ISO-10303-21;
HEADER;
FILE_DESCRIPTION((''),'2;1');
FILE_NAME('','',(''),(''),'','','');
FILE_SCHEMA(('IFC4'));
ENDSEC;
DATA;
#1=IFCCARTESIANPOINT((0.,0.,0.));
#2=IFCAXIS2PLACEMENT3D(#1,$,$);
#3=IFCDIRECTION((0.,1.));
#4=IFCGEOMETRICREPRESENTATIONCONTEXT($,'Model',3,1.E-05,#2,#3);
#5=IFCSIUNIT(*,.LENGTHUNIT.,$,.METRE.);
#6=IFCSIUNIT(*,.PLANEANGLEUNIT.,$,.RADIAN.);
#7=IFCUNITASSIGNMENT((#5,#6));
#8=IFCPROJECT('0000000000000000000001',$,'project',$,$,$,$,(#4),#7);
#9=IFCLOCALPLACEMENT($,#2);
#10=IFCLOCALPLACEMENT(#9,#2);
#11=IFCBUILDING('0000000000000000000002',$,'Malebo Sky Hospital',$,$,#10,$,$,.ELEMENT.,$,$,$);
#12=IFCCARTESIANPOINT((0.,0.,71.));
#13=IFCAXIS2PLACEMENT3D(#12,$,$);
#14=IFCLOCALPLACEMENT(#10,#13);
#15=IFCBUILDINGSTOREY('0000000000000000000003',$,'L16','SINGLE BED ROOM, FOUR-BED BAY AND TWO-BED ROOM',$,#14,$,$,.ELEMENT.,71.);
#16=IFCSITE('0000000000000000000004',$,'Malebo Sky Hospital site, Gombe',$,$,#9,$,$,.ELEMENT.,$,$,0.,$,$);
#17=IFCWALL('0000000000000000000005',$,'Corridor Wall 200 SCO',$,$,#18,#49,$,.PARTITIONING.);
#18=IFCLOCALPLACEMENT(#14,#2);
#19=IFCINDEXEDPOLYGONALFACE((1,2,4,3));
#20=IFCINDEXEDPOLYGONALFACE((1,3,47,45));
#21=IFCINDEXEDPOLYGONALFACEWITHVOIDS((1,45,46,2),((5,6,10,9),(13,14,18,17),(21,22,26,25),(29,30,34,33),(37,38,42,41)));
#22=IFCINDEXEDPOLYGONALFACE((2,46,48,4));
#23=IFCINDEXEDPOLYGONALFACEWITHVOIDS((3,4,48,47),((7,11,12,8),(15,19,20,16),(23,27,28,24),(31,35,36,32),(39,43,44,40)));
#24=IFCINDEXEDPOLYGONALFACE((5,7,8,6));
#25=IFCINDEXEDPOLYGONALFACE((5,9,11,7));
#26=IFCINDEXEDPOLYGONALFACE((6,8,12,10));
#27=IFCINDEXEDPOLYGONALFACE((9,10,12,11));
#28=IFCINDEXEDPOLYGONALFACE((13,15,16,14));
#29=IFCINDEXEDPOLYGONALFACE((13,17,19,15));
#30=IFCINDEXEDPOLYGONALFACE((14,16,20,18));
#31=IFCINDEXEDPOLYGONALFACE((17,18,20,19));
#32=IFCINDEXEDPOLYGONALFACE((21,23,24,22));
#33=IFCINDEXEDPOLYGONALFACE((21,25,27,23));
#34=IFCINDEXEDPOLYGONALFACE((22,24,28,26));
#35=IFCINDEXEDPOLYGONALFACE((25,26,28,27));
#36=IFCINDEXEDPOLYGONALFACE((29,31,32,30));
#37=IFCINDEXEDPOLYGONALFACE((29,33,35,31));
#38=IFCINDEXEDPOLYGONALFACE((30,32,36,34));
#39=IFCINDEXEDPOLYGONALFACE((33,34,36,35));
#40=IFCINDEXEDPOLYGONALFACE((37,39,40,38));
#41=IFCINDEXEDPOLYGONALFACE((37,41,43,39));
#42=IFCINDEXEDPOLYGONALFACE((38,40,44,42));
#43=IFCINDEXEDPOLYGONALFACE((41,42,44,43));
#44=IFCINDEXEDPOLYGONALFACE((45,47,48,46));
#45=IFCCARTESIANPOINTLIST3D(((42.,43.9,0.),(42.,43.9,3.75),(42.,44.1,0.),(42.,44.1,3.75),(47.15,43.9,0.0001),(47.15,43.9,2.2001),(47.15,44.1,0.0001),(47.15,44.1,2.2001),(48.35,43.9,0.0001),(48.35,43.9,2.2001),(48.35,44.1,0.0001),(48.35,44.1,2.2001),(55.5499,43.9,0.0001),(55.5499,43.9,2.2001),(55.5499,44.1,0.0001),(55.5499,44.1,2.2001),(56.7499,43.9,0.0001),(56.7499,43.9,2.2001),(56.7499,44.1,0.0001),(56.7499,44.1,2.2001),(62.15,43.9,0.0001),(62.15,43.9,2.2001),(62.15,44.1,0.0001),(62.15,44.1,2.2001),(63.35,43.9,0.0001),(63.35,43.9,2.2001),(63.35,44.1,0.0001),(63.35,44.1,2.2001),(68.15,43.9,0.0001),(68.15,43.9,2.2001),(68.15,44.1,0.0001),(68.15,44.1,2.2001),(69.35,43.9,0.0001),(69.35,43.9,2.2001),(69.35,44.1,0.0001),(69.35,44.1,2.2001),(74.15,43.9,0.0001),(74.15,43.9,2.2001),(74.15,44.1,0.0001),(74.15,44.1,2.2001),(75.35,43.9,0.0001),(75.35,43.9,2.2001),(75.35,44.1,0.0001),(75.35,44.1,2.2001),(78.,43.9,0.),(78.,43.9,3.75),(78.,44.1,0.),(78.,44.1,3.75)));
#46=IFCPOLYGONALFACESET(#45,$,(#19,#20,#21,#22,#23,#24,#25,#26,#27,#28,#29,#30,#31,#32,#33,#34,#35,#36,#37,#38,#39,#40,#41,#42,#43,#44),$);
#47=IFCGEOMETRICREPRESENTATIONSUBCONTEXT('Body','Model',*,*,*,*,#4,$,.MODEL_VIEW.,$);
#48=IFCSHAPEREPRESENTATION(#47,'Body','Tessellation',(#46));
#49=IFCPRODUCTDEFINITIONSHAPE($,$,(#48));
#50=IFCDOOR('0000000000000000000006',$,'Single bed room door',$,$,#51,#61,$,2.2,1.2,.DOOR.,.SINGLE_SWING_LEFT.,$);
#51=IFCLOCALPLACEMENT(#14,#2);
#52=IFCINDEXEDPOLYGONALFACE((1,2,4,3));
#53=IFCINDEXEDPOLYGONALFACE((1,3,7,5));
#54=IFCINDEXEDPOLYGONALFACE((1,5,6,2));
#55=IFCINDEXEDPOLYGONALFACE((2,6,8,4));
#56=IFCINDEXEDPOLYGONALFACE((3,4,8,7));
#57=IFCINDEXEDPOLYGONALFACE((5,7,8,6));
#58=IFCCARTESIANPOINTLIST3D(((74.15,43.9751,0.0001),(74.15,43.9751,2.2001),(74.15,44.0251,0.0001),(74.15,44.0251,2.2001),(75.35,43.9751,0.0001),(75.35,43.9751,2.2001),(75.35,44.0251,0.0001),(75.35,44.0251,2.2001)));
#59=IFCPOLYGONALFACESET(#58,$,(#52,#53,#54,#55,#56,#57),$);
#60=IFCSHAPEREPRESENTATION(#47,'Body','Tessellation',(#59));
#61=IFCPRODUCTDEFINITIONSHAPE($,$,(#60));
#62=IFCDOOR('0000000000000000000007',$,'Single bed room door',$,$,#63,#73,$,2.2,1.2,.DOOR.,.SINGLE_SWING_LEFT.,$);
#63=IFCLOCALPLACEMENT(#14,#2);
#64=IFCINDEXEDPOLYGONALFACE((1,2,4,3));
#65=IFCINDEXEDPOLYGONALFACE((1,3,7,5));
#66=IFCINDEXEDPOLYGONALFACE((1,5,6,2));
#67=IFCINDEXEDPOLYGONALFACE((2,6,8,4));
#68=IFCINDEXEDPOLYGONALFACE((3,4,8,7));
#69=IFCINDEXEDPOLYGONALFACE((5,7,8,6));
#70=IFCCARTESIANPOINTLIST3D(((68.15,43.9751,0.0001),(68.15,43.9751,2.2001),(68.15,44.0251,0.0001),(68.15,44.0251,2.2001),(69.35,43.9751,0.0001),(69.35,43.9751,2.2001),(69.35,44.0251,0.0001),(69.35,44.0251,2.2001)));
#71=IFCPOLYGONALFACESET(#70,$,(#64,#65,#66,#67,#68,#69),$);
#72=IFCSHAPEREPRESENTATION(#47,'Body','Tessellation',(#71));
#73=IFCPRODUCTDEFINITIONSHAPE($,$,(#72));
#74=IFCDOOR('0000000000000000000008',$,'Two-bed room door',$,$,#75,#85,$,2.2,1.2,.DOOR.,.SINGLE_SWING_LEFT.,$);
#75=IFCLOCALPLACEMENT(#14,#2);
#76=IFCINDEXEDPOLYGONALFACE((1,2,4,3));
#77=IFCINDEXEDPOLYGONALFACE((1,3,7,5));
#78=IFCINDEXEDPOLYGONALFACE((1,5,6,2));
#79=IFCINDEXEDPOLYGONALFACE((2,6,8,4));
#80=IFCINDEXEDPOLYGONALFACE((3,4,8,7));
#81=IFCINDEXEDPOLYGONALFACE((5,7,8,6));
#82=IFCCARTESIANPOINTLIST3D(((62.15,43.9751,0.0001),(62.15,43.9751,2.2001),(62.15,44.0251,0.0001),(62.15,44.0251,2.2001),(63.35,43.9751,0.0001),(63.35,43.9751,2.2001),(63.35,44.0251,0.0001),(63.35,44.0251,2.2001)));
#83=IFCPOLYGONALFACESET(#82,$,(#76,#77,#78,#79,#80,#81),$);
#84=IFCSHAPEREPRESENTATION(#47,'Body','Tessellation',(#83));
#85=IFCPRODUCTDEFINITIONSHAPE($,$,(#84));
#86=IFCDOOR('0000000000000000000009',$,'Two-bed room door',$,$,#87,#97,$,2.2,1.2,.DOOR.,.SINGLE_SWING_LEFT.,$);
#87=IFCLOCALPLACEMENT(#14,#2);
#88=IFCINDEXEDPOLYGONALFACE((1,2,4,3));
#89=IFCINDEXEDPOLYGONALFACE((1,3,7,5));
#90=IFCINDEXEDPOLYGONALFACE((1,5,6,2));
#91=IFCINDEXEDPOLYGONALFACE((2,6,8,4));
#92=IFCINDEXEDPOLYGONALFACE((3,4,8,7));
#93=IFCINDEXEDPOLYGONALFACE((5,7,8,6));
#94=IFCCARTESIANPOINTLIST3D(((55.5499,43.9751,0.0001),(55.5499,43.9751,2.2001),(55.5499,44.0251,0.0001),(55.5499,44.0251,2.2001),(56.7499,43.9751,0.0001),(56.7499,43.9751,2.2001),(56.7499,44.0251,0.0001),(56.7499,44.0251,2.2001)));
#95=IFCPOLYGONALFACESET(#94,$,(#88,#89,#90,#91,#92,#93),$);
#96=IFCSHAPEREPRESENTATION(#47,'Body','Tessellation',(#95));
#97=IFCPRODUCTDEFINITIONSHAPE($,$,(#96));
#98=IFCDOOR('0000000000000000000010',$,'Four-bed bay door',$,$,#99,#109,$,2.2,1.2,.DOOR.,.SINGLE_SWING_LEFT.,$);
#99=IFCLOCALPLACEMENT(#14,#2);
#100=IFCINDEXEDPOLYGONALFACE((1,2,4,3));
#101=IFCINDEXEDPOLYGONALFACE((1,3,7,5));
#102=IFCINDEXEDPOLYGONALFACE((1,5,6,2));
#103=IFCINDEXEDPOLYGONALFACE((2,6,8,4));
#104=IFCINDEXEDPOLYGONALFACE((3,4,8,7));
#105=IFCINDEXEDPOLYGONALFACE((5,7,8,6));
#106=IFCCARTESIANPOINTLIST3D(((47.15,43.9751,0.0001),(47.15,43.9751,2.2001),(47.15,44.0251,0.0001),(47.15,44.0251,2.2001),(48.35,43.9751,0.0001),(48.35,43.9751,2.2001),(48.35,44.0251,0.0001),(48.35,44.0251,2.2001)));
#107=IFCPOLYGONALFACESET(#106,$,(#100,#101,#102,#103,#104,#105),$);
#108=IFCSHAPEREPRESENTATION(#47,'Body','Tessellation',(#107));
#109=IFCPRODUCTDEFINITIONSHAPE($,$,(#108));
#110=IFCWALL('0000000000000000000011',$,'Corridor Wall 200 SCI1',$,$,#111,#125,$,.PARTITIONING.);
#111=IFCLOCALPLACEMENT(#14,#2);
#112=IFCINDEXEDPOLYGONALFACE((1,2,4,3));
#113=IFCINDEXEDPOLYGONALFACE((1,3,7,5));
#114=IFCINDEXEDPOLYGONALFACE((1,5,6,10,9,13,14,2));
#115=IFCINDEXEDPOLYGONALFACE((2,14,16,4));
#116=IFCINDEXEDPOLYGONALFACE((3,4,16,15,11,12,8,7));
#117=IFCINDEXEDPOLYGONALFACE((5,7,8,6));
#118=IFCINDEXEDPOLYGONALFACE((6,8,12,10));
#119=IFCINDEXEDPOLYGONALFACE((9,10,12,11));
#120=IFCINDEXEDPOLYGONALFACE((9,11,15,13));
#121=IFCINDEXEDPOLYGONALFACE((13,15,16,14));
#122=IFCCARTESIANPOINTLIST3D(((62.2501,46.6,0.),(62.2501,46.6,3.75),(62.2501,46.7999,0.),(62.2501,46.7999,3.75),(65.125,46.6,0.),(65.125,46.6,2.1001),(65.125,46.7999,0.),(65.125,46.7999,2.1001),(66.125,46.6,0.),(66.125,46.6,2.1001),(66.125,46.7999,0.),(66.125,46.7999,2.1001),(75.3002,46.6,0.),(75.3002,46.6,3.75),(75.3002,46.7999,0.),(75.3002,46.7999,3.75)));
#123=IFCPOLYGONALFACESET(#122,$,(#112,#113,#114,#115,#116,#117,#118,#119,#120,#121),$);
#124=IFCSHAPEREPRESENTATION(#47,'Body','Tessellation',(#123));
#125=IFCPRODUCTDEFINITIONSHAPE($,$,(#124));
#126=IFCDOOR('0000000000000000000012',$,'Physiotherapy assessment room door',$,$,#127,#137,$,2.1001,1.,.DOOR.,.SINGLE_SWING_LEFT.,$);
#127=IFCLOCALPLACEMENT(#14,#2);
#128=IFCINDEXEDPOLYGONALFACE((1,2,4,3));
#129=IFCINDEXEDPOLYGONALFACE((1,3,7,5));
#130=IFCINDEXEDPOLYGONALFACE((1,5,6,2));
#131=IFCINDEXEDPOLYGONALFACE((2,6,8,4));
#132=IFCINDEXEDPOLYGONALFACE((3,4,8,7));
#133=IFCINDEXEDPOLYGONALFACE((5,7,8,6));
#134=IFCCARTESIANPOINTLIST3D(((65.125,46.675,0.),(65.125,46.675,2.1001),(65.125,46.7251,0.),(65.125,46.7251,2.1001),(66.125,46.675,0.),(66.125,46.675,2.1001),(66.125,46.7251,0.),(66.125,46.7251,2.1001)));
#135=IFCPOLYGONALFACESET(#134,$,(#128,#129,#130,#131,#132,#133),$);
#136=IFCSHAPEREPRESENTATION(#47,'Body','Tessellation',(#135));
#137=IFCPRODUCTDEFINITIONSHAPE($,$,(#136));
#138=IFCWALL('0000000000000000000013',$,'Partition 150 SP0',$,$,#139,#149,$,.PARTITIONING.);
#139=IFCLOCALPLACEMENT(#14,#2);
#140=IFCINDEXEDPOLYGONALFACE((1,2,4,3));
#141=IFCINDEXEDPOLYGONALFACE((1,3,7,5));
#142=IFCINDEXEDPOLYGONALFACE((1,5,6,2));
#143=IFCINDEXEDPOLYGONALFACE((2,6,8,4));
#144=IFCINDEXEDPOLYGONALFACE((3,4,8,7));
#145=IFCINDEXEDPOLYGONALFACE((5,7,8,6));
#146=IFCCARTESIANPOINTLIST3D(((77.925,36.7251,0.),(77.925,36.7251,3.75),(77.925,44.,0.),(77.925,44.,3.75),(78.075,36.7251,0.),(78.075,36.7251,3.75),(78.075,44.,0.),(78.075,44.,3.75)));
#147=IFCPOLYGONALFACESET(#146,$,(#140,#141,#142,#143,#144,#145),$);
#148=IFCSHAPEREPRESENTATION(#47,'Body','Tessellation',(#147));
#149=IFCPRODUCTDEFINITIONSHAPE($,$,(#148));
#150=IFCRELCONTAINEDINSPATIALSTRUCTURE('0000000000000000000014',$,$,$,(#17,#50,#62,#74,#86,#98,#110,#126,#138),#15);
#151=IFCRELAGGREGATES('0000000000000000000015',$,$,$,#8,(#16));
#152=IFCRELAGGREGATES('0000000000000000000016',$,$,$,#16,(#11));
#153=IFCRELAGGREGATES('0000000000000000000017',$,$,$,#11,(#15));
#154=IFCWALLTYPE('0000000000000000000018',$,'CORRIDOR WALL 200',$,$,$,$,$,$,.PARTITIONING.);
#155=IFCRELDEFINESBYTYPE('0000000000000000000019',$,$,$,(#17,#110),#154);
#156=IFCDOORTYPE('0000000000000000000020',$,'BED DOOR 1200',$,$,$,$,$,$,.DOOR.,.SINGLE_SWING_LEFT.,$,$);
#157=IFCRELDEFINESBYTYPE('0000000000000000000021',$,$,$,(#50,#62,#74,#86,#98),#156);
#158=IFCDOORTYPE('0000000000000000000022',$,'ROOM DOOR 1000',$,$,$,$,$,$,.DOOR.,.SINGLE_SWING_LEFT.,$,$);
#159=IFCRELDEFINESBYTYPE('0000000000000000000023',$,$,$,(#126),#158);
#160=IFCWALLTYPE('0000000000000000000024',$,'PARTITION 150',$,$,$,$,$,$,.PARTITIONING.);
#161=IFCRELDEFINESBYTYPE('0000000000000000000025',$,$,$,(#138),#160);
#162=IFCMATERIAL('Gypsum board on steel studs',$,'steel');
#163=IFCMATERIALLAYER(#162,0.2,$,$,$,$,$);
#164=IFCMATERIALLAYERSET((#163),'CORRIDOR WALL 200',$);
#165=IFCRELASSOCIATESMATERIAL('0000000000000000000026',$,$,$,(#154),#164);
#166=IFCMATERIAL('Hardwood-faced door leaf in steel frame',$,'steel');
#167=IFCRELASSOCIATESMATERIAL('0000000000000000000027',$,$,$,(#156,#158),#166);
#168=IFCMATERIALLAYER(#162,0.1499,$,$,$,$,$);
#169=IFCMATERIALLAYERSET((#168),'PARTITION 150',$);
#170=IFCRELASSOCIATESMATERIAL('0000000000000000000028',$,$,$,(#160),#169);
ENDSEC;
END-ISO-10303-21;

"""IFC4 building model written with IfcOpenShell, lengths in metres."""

from ifc_helpers import new_model, si_unit, direction, frame, frame_2d, origin, place, context, subcontext, project, spatial, rectangle, extrude, material, layer, layer_set, type_object, element, fill, save


model = new_model("IFC4")

# Units and contexts
model_context = context("Model", 3, precision=1e-05, world=origin(), true_north=direction((0.0, 1.0)))
body_context = subcontext(model_context, "Body", "Model", "MODEL_VIEW")
ifc_project = project(units=[si_unit("LENGTHUNIT", "METRE"), si_unit("PLANEANGLEUNIT", "RADIAN")], contexts=[model_context])

# Site, building, storey
site_placement = place(None, origin())
site = spatial("IfcSite", under=ifc_project, at=site_placement, Name="Malebo Sky Hospital site, Gombe", CompositionType="ELEMENT", RefElevation=0.0)
building_placement = place(site_placement, origin())
building = spatial("IfcBuilding", under=site, at=building_placement, Name="Malebo Sky Hospital", CompositionType="ELEMENT")
storey_placement = place(building_placement, frame((0.0, 0.0, 71.0)))
storey = spatial("IfcBuildingStorey", under=building, at=storey_placement, Name="L16", Description="SINGLE BED ROOM, FOUR-BED BAY AND TWO-BED ROOM", CompositionType="ELEMENT", Elevation=71.0)

# Wall, openings, doors
ifc_material_1 = material(Name="Gypsum board on steel studs", Category="steel")
ifc_layer_1 = layer(ifc_material_1, 0.2)
ifc_layer_set_1 = layer_set([ifc_layer_1], Name="CORRIDOR WALL 200")
wall_type_1 = type_object("IfcWallType", Name="CORRIDOR WALL 200", PredefinedType="PARTITIONING", material=ifc_layer_set_1)
wall_1_placement = place(storey_placement, frame((78.0, 44.0, 0.0), z_axis=(0.0, 0.0, 1.0), x_axis=(-1.0, 0.0, 0.0)))
wall_1 = element("IfcWall", 1, at=wall_1_placement, inside=storey, type_object=wall_type_1, Name="Corridor Wall 200 SCO", PredefinedType="PARTITIONING", context=body_context, shape_type="SweptSolid", body=[
    extrude(rectangle(XDim=36.0, YDim=0.2, at=frame_2d((18.0, 0.0))), origin(), (0.0, 0.0, 1.0), 3.75),
])
opening_1_placement = place(wall_1_placement, frame((2.6499, 0.0, 0.0)))
opening_1 = element("IfcOpeningElement", 2, at=opening_1_placement, cuts=wall_1, PredefinedType="OPENING", context=body_context, shape_type="SweptSolid", body=[
    extrude(rectangle(XDim=1.2, YDim=2.2, at=frame_2d((0.6001, 1.1001))), frame((0.0, 0.1099, 0.0), z_axis=(0.0, -1.0, 0.0), x_axis=(1.0, 0.0, 0.0)), (0.0, 0.0, 1.0), 0.22),
])
opening_2_placement = place(wall_1_placement, frame((8.6499, 0.0, 0.0)))
opening_2 = element("IfcOpeningElement", 3, at=opening_2_placement, cuts=wall_1, PredefinedType="OPENING", context=body_context, shape_type="SweptSolid", body=[
    extrude(rectangle(XDim=1.2, YDim=2.2, at=frame_2d((0.6001, 1.1001))), frame((0.0, 0.1099, 0.0), z_axis=(0.0, -1.0, 0.0), x_axis=(1.0, 0.0, 0.0)), (0.0, 0.0, 1.0), 0.22),
])
opening_3_placement = place(wall_1_placement, frame((14.6499, 0.0, 0.0)))
opening_3 = element("IfcOpeningElement", 4, at=opening_3_placement, cuts=wall_1, PredefinedType="OPENING", context=body_context, shape_type="SweptSolid", body=[
    extrude(rectangle(XDim=1.2, YDim=2.2, at=frame_2d((0.6001, 1.1001))), frame((0.0, 0.1099, 0.0), z_axis=(0.0, -1.0, 0.0), x_axis=(1.0, 0.0, 0.0)), (0.0, 0.0, 1.0), 0.22),
])
opening_4_placement = place(wall_1_placement, frame((21.25, 0.0, 0.0)))
opening_4 = element("IfcOpeningElement", 5, at=opening_4_placement, cuts=wall_1, PredefinedType="OPENING", context=body_context, shape_type="SweptSolid", body=[
    extrude(rectangle(XDim=1.2, YDim=2.2, at=frame_2d((0.6001, 1.1001))), frame((0.0, 0.1099, 0.0), z_axis=(0.0, -1.0, 0.0), x_axis=(1.0, 0.0, 0.0)), (0.0, 0.0, 1.0), 0.22),
])
opening_5_placement = place(wall_1_placement, frame((29.6499, 0.0, 0.0)))
opening_5 = element("IfcOpeningElement", 6, at=opening_5_placement, cuts=wall_1, PredefinedType="OPENING", context=body_context, shape_type="SweptSolid", body=[
    extrude(rectangle(XDim=1.2, YDim=2.2, at=frame_2d((0.6001, 1.1001))), frame((0.0, 0.1099, 0.0), z_axis=(0.0, -1.0, 0.0), x_axis=(1.0, 0.0, 0.0)), (0.0, 0.0, 1.0), 0.22),
])
ifc_material_2 = material(Name="Hardwood-faced door leaf in steel frame", Category="steel")
door_type_1 = type_object("IfcDoorType", Name="BED DOOR 1200", OperationType="SINGLE_SWING_LEFT", PredefinedType="DOOR", material=ifc_material_2)
door_1_placement = place(opening_1_placement, origin())
door_1 = element("IfcDoor", 7, at=door_1_placement, inside=storey, type_object=door_type_1, Name="Single bed room door", OperationType="SINGLE_SWING_LEFT", OverallHeight=2.2, OverallWidth=1.2, PredefinedType="DOOR", context=body_context, shape_type="SweptSolid", body=[
    extrude(rectangle(XDim=1.2, YDim=2.2, at=frame_2d((0.6001, 1.1001))), frame((0.0, 0.0249, 0.0), z_axis=(0.0, -1.0, 0.0), x_axis=(1.0, 0.0, 0.0)), (0.0, 0.0, 1.0), 0.05),
])
fill(opening_1, door_1)
door_2_placement = place(opening_2_placement, origin())
door_2 = element("IfcDoor", 8, at=door_2_placement, inside=storey, type_object=door_type_1, Name="Single bed room door", OperationType="SINGLE_SWING_LEFT", OverallHeight=2.2, OverallWidth=1.2, PredefinedType="DOOR", context=body_context, shape_type="SweptSolid", body=[
    extrude(rectangle(XDim=1.2, YDim=2.2, at=frame_2d((0.6001, 1.1001))), frame((0.0, 0.0249, 0.0), z_axis=(0.0, -1.0, 0.0), x_axis=(1.0, 0.0, 0.0)), (0.0, 0.0, 1.0), 0.05),
])
fill(opening_2, door_2)
door_3_placement = place(opening_3_placement, origin())
door_3 = element("IfcDoor", 9, at=door_3_placement, inside=storey, type_object=door_type_1, Name="Two-bed room door", OperationType="SINGLE_SWING_LEFT", OverallHeight=2.2, OverallWidth=1.2, PredefinedType="DOOR", context=body_context, shape_type="SweptSolid", body=[
    extrude(rectangle(XDim=1.2, YDim=2.2, at=frame_2d((0.6001, 1.1001))), frame((0.0, 0.0249, 0.0), z_axis=(0.0, -1.0, 0.0), x_axis=(1.0, 0.0, 0.0)), (0.0, 0.0, 1.0), 0.05),
])
fill(opening_3, door_3)
door_4_placement = place(opening_4_placement, origin())
door_4 = element("IfcDoor", 10, at=door_4_placement, inside=storey, type_object=door_type_1, Name="Two-bed room door", OperationType="SINGLE_SWING_LEFT", OverallHeight=2.2, OverallWidth=1.2, PredefinedType="DOOR", context=body_context, shape_type="SweptSolid", body=[
    extrude(rectangle(XDim=1.2, YDim=2.2, at=frame_2d((0.6001, 1.1001))), frame((0.0, 0.0249, 0.0), z_axis=(0.0, -1.0, 0.0), x_axis=(1.0, 0.0, 0.0)), (0.0, 0.0, 1.0), 0.05),
])
fill(opening_4, door_4)
door_5_placement = place(opening_5_placement, origin())
door_5 = element("IfcDoor", 11, at=door_5_placement, inside=storey, type_object=door_type_1, Name="Four-bed bay door", OperationType="SINGLE_SWING_LEFT", OverallHeight=2.2, OverallWidth=1.2, PredefinedType="DOOR", context=body_context, shape_type="SweptSolid", body=[
    extrude(rectangle(XDim=1.2, YDim=2.2, at=frame_2d((0.6001, 1.1001))), frame((0.0, 0.0249, 0.0), z_axis=(0.0, -1.0, 0.0), x_axis=(1.0, 0.0, 0.0)), (0.0, 0.0, 1.0), 0.05),
])
fill(opening_5, door_5)

# Wall, opening, door
wall_2_placement = place(storey_placement, frame((75.3, 46.7, 0.0), z_axis=(0.0, 0.0, 1.0), x_axis=(-1.0, 0.0, 0.0)))
wall_2 = element("IfcWall", 12, at=wall_2_placement, inside=storey, type_object=wall_type_1, Name="Corridor Wall 200 SCI1", PredefinedType="PARTITIONING", context=body_context, shape_type="SweptSolid", body=[
    extrude(rectangle(XDim=13.05, YDim=0.2, at=frame_2d((6.5249, 0.0))), origin(), (0.0, 0.0, 1.0), 3.75),
])
opening_6_placement = place(wall_2_placement, frame((9.175, 0.0, 0.0)))
opening_6 = element("IfcOpeningElement", 13, at=opening_6_placement, cuts=wall_2, PredefinedType="OPENING", context=body_context, shape_type="SweptSolid", body=[
    extrude(rectangle(XDim=1.0, YDim=2.1001, at=frame_2d((0.5, 1.05))), frame((0.0, 0.1099, 0.0), z_axis=(0.0, -1.0, 0.0), x_axis=(1.0, 0.0, 0.0)), (0.0, 0.0, 1.0), 0.22),
])
door_type_2 = type_object("IfcDoorType", Name="ROOM DOOR 1000", OperationType="SINGLE_SWING_LEFT", PredefinedType="DOOR", material=ifc_material_2)
door_6_placement = place(opening_6_placement, origin())
door_6 = element("IfcDoor", 14, at=door_6_placement, inside=storey, type_object=door_type_2, Name="Physiotherapy assessment room door", OperationType="SINGLE_SWING_LEFT", OverallHeight=2.1001, OverallWidth=1.0, PredefinedType="DOOR", context=body_context, shape_type="SweptSolid", body=[
    extrude(rectangle(XDim=1.0, YDim=2.1001, at=frame_2d((0.5, 1.05))), frame((0.0, 0.0249, 0.0), z_axis=(0.0, -1.0, 0.0), x_axis=(1.0, 0.0, 0.0)), (0.0, 0.0, 1.0), 0.05),
])
fill(opening_6, door_6)

# Wall
ifc_layer_2 = layer(ifc_material_1, 0.1499)
ifc_layer_set_2 = layer_set([ifc_layer_2], Name="PARTITION 150")
wall_type_2 = type_object("IfcWallType", Name="PARTITION 150", PredefinedType="PARTITIONING", material=ifc_layer_set_2)
wall_3_placement = place(storey_placement, frame((78.0, 44.0, 0.0), z_axis=(0.0, 0.0, 1.0), x_axis=(0.0, -1.0, 0.0)))
element("IfcWall", 15, at=wall_3_placement, inside=storey, type_object=wall_type_2, Name="Partition 150 SP0", PredefinedType="PARTITIONING", context=body_context, shape_type="SweptSolid", body=[
    extrude(rectangle(XDim=7.2749, YDim=0.1499, at=frame_2d((3.6375, 0.0))), origin(), (0.0, 0.0, 1.0), 3.75),
])

save(model, "model.ifc")
